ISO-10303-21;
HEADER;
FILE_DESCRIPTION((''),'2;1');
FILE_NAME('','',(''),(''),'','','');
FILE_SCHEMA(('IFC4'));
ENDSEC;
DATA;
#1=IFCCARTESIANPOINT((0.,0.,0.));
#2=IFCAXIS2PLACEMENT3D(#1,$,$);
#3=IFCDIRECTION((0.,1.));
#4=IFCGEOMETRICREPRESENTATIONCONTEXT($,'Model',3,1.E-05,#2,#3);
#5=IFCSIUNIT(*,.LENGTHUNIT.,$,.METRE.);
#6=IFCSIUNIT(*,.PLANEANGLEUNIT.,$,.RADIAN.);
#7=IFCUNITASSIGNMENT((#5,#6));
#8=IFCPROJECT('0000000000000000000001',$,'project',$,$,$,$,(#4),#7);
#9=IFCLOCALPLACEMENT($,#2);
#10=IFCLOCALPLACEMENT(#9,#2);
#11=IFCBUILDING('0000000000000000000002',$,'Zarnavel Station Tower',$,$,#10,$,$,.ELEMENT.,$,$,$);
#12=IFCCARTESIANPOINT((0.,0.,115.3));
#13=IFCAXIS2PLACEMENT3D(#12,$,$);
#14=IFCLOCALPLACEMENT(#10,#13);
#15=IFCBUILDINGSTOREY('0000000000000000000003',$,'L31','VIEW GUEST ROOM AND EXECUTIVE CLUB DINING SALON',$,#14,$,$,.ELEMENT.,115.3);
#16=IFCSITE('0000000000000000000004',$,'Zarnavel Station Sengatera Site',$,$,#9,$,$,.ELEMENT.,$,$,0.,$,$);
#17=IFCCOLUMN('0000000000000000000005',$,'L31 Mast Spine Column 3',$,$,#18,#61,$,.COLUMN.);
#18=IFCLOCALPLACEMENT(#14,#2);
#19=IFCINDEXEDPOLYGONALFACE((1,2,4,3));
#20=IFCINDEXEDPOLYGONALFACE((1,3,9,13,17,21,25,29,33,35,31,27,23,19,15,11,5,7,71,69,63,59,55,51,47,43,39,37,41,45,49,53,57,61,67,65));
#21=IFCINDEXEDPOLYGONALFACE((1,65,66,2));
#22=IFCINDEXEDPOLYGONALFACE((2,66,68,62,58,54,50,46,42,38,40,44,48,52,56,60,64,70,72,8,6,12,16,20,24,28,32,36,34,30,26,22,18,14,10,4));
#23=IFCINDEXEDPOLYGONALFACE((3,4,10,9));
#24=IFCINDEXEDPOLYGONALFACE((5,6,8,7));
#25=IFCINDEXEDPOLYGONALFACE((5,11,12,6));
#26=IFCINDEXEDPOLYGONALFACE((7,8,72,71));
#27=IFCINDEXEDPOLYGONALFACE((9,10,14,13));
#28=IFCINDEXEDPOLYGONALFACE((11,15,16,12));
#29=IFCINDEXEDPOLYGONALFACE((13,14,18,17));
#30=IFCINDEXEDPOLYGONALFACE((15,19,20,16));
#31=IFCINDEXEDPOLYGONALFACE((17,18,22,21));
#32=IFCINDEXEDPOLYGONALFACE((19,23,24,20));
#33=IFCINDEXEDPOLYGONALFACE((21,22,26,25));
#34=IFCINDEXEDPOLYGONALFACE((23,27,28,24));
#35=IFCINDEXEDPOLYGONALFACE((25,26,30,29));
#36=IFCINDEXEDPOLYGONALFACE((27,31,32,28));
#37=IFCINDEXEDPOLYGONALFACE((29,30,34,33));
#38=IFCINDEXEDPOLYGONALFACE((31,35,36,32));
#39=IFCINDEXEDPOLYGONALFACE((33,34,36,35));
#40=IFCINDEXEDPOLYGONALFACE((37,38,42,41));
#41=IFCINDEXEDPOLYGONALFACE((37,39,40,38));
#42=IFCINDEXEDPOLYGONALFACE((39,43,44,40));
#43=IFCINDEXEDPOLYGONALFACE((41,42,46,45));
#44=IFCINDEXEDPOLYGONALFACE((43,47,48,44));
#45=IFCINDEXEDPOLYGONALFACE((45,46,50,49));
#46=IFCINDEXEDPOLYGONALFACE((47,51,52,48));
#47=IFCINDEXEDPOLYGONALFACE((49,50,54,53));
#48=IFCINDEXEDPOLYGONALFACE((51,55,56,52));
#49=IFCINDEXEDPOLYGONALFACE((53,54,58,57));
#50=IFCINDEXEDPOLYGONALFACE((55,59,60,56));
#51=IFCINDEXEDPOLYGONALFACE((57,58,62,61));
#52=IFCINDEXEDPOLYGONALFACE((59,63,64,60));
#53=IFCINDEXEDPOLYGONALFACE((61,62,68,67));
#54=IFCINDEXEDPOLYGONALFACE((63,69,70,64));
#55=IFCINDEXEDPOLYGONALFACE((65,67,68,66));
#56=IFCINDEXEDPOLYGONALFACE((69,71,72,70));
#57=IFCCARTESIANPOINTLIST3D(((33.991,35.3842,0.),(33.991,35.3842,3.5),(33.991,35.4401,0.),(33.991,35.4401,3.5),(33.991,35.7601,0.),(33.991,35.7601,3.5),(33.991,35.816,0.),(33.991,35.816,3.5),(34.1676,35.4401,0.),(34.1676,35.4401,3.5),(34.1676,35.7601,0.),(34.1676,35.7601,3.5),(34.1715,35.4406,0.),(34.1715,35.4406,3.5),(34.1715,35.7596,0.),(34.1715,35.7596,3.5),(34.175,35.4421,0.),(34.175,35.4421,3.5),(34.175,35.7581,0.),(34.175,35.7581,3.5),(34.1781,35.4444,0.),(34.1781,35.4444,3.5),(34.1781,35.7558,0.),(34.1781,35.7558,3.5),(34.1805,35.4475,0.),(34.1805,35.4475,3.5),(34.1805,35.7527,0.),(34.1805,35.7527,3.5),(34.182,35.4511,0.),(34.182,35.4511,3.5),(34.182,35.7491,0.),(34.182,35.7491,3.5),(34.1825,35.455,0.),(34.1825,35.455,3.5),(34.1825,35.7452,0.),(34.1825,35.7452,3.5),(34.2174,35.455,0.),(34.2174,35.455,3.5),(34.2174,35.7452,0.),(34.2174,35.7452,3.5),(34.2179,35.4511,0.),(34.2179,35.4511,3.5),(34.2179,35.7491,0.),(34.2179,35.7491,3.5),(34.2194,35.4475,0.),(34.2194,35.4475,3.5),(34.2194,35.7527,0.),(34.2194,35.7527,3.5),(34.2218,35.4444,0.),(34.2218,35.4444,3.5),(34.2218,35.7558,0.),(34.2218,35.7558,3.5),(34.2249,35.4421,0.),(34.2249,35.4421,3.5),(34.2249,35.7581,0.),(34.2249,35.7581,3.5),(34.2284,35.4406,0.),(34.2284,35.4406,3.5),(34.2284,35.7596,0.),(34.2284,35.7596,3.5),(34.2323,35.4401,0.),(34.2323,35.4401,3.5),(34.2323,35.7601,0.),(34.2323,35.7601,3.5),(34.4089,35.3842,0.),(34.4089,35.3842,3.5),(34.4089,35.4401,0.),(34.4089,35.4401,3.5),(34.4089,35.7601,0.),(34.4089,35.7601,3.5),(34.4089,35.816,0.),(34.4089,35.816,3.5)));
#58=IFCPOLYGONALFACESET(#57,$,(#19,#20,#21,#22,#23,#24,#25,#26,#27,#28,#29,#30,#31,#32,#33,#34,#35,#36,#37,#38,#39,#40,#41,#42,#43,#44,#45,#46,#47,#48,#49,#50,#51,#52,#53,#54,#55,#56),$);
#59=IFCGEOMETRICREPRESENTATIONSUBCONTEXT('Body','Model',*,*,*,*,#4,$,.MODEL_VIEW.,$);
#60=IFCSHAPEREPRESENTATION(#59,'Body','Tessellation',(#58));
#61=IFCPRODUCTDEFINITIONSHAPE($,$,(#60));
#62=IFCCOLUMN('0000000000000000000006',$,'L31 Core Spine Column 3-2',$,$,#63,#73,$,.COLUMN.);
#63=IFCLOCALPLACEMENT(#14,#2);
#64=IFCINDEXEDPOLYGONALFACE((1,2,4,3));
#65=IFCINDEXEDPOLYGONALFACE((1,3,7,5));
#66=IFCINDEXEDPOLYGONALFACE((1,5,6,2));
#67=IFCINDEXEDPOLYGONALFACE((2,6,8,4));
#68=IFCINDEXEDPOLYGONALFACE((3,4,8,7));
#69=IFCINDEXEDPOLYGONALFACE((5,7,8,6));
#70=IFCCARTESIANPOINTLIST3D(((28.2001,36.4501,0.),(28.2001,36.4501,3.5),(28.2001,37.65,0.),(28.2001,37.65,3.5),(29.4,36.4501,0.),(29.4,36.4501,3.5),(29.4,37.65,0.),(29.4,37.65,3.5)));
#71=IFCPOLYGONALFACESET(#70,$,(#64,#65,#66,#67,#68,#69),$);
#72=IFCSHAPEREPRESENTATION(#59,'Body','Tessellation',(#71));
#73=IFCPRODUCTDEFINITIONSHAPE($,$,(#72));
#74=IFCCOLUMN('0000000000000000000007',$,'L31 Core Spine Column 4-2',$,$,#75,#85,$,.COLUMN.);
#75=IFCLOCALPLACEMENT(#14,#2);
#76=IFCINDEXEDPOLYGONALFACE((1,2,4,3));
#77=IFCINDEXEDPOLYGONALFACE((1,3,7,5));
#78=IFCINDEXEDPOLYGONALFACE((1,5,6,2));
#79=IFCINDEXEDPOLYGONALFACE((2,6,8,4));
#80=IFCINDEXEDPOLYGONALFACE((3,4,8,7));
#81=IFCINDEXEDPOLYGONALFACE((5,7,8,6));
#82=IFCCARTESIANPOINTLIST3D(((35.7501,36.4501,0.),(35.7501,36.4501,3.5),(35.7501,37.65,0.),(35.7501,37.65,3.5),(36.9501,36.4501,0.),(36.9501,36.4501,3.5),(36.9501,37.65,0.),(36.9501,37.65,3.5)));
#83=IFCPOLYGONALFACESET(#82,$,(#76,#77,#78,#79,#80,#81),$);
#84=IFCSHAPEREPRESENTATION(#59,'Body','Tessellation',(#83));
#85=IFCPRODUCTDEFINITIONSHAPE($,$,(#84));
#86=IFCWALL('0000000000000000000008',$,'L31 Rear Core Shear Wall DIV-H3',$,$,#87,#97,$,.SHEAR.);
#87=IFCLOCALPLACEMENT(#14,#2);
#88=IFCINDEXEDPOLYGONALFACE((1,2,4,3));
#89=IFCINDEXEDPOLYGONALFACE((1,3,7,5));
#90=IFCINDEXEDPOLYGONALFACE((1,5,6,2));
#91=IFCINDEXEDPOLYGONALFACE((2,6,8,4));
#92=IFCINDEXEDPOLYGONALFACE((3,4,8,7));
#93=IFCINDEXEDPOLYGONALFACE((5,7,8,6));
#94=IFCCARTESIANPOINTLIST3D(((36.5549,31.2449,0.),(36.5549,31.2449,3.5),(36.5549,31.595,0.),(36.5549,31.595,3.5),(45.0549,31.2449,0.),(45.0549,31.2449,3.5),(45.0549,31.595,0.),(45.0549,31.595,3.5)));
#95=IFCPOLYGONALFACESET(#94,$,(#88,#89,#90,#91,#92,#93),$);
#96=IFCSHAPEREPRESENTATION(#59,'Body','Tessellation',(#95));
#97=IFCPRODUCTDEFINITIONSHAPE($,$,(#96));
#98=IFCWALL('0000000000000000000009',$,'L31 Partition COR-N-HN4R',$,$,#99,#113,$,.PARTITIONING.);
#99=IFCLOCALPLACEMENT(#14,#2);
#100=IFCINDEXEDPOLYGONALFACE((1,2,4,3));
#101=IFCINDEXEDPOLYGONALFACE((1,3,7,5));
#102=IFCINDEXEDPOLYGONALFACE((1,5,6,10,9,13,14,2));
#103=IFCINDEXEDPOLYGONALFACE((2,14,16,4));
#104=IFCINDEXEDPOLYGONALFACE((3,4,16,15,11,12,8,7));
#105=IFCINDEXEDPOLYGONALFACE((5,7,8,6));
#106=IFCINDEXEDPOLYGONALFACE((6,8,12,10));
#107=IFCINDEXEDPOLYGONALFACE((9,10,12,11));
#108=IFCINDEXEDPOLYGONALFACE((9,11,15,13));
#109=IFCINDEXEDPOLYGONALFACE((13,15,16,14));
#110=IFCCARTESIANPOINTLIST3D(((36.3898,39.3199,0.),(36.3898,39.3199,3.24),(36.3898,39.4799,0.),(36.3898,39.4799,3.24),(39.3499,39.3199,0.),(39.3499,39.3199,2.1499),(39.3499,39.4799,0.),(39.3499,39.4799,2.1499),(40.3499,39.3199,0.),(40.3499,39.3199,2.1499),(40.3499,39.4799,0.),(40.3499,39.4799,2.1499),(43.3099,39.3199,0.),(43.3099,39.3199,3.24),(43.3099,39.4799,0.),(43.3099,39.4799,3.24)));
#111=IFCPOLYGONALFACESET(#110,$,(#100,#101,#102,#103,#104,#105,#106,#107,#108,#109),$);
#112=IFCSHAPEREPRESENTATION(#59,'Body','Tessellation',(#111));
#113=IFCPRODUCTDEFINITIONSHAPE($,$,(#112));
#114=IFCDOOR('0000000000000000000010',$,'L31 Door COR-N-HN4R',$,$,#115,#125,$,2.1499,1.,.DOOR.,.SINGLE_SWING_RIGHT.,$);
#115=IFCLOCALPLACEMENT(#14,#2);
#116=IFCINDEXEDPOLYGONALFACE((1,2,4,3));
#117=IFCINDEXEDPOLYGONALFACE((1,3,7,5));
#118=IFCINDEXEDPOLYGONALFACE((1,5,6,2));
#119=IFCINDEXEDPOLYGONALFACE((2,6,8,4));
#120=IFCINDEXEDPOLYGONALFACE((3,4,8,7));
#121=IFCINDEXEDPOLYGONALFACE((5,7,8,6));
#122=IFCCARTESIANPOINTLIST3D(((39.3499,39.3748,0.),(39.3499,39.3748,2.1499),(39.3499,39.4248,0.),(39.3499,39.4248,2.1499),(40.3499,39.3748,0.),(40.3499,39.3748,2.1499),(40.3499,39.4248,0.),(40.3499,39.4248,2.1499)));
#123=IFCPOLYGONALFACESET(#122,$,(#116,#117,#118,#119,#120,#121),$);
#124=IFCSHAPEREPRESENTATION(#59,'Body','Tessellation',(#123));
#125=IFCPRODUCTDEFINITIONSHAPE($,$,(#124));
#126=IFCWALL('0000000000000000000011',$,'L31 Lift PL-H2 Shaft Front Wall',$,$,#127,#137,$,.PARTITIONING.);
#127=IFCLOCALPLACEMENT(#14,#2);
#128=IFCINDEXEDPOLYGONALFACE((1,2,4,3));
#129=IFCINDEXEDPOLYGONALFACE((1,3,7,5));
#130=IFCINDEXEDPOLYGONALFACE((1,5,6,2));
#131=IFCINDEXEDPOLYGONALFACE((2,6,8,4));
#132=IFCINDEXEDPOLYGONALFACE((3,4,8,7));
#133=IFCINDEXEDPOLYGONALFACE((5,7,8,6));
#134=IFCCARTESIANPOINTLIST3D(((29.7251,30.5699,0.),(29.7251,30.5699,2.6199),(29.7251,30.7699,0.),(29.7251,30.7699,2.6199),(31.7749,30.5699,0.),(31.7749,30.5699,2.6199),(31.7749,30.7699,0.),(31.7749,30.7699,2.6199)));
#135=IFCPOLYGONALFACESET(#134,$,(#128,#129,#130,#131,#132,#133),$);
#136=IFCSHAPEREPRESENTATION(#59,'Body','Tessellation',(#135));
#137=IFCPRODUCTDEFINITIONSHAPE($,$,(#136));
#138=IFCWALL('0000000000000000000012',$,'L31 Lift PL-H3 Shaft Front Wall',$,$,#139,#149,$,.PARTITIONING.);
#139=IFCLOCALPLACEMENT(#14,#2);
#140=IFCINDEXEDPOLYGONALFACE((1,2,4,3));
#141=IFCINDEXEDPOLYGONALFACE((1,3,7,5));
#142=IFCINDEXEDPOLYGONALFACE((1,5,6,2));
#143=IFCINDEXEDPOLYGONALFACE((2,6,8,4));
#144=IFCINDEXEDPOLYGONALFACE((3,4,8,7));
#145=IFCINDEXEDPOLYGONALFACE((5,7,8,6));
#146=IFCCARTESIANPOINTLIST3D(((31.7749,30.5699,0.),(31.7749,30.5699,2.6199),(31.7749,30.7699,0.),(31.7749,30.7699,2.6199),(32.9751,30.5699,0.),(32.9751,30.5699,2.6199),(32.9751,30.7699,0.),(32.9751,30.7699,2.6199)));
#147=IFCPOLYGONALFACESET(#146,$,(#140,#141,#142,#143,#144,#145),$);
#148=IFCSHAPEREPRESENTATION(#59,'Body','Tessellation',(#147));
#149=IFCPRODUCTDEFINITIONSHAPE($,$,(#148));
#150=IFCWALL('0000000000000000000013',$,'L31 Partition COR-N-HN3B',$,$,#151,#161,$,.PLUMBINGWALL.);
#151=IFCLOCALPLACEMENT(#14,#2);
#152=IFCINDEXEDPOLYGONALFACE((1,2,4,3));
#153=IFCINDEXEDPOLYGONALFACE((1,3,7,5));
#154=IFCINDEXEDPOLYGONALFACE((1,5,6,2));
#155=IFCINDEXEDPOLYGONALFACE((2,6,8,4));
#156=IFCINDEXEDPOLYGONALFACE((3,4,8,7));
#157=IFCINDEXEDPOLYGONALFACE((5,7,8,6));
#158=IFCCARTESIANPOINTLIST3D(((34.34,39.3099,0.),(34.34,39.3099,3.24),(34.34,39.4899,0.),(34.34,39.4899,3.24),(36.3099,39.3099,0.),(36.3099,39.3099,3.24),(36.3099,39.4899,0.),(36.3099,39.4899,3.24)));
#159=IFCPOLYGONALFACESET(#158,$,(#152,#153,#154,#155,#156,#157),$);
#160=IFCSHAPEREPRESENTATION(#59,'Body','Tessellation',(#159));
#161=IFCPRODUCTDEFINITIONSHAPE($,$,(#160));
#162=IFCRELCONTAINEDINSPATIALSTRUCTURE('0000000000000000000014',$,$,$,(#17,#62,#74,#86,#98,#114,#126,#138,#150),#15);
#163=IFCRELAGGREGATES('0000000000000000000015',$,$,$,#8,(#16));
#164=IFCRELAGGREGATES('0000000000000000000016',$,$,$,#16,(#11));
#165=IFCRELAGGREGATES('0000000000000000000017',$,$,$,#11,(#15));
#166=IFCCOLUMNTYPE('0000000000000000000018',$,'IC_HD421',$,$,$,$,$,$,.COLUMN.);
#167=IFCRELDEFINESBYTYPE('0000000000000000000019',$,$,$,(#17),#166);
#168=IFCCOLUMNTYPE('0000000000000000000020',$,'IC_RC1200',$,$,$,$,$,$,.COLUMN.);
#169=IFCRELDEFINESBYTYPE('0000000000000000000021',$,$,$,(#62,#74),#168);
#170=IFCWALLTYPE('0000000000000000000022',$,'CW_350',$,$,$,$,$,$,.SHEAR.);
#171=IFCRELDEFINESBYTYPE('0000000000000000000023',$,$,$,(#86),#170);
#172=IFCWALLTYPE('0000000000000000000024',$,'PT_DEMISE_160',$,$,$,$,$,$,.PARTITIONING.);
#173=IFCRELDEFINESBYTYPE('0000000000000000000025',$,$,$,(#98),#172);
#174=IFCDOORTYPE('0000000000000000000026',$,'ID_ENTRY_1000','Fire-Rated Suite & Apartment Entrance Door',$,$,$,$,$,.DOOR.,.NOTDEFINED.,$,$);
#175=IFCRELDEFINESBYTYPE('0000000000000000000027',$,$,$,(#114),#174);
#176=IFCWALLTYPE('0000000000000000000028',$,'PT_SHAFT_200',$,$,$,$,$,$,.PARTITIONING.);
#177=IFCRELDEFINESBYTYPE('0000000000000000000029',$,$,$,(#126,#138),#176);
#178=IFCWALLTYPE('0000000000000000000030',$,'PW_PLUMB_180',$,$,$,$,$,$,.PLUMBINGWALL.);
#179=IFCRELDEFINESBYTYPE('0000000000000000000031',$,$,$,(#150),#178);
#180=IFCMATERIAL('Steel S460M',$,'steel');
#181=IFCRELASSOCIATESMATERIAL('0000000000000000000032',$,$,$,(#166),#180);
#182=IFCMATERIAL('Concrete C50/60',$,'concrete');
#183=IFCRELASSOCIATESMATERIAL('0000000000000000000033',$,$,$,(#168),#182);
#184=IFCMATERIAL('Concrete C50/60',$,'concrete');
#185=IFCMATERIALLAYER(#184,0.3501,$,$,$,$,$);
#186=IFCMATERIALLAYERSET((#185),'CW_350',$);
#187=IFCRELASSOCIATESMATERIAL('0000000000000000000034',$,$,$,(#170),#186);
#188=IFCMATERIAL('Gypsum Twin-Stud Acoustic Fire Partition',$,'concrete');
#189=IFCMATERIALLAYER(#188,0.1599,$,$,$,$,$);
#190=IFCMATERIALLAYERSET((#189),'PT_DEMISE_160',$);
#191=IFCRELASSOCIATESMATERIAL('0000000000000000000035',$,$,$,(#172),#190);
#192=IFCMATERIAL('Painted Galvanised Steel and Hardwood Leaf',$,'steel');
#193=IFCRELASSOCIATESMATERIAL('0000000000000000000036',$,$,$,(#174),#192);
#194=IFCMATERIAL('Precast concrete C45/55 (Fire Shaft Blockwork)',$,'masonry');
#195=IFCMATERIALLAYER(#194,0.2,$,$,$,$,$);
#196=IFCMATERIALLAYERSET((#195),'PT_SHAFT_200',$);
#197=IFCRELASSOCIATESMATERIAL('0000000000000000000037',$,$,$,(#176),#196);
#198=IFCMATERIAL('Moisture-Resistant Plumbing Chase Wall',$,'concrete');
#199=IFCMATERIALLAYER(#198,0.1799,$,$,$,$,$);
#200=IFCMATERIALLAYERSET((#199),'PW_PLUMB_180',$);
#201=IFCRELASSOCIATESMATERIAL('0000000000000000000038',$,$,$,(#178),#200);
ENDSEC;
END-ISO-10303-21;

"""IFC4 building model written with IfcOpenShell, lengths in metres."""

from ifc_helpers import new_model, si_unit, direction, frame, frame_2d, origin, origin_2d, place, context, subcontext, project, spatial, rectangle, i_section, extrude, material, layer, layer_set, material_profile, profile_set, type_object, element, fill, save


model = new_model("IFC4")

# Units and contexts
model_context = context("Model", 3, precision=1e-05, world=origin(), true_north=direction((0.0, 1.0)))
body_context = subcontext(model_context, "Body", "Model", "MODEL_VIEW")
ifc_project = project(units=[si_unit("LENGTHUNIT", "METRE"), si_unit("PLANEANGLEUNIT", "RADIAN")], contexts=[model_context])

# Site, building, storey
site_placement = place(None, origin())
site = spatial("IfcSite", under=ifc_project, at=site_placement, Name="Zarnavel Station Sengatera Site", CompositionType="ELEMENT", RefElevation=0.0)
building_placement = place(site_placement, origin())
building = spatial("IfcBuilding", under=site, at=building_placement, Name="Zarnavel Station Tower", CompositionType="ELEMENT")
storey_placement = place(building_placement, frame((0.0, 0.0, 115.3)))
storey = spatial("IfcBuildingStorey", under=building, at=storey_placement, Name="L31", Description="VIEW GUEST ROOM AND EXECUTIVE CLUB DINING SALON", CompositionType="ELEMENT", Elevation=115.3)

# Columns
ifc_material_1 = material(Name="Steel S460M", Category="steel")
ifc_material_profile_1 = material_profile(ifc_material_1, i_section(OverallWidth=0.418, OverallDepth=0.4319, WebThickness=0.0349, FlangeThickness=0.0559, FilletRadius=0.0149, at=origin_2d()), Name="HD400x421")
ifc_profile_set_1 = profile_set([ifc_material_profile_1], Name="Steel S460M")
column_type_1 = type_object("IfcColumnType", Name="IC_HD421", PredefinedType="COLUMN", material=ifc_profile_set_1)
column_placement = place(storey_placement, frame((34.2, 35.6001, 0.0), z_axis=(0.0, 0.0, 1.0), x_axis=(1.0, 0.0, 0.0)))
element("IfcColumn", 1, at=column_placement, inside=storey, type_object=column_type_1, Name="L31 Mast Spine Column 3", PredefinedType="COLUMN", context=body_context, shape_type="SweptSolid", body=[
    extrude(i_section(OverallWidth=0.418, OverallDepth=0.4319, WebThickness=0.0349, FlangeThickness=0.0559, FilletRadius=0.0149, at=origin_2d()), origin(), (0.0, 0.0, 1.0), 3.5),
])
ifc_material_2 = material(Name="Concrete C50/60", Category="concrete")
ifc_material_profile_2 = material_profile(ifc_material_2, rectangle(XDim=1.2, YDim=1.2, at=origin_2d()), Name="RC1200x1200")
ifc_profile_set_2 = profile_set([ifc_material_profile_2], Name="Concrete C50/60")
column_type_2 = type_object("IfcColumnType", Name="IC_RC1200", PredefinedType="COLUMN", material=ifc_profile_set_2)
for number, where, z_axis, x_axis, name in (
    (2, (28.8, 37.05, 0.0), (0.0, 0.0, 1.0), (1.0, 0.0, 0.0), "L31 Core Spine Column 3-2"),
    (3, (36.3501, 37.05, 0.0), (0.0, 0.0, 1.0), (1.0, 0.0, 0.0), "L31 Core Spine Column 4-2"),
):
    element("IfcColumn", number, at=place(storey_placement, frame(where, z_axis=z_axis, x_axis=x_axis)), inside=storey, type_object=column_type_2, Name=name, PredefinedType="COLUMN", context=body_context, shape_type="SweptSolid", body=[
        extrude(rectangle(XDim=1.2, YDim=1.2, at=origin_2d()), origin(), (0.0, 0.0, 1.0), 3.5),
    ])

# Wall
ifc_material_3 = material(Name="Concrete C50/60", Category="concrete")
ifc_layer_1 = layer(ifc_material_3, 0.3501)
ifc_layer_set_1 = layer_set([ifc_layer_1], Name="CW_350")
wall_type_1 = type_object("IfcWallType", Name="CW_350", PredefinedType="SHEAR", material=ifc_layer_set_1)
wall_1_placement = place(storey_placement, frame((36.5549, 31.4199, 0.0), z_axis=(0.0, 0.0, 1.0), x_axis=(1.0, 0.0, 0.0)))
element("IfcWall", 4, at=wall_1_placement, inside=storey, type_object=wall_type_1, Name="L31 Rear Core Shear Wall DIV-H3", PredefinedType="SHEAR", context=body_context, shape_type="SweptSolid", body=[
    extrude(rectangle(XDim=8.5, YDim=0.3501, at=frame_2d((4.25, 0.0))), origin(), (0.0, 0.0, 1.0), 3.5),
])

# Wall, opening, door
ifc_material_4 = material(Name="Gypsum Twin-Stud Acoustic Fire Partition", Category="concrete")
ifc_layer_2 = layer(ifc_material_4, 0.1599)
ifc_layer_set_2 = layer_set([ifc_layer_2], Name="PT_DEMISE_160")
wall_type_2 = type_object("IfcWallType", Name="PT_DEMISE_160", PredefinedType="PARTITIONING", material=ifc_layer_set_2)
wall_2_placement = place(storey_placement, frame((36.3899, 39.3999, 0.0), z_axis=(0.0, 0.0, 1.0), x_axis=(1.0, 0.0, 0.0)))
wall_2 = element("IfcWall", 5, at=wall_2_placement, inside=storey, type_object=wall_type_2, Name="L31 Partition COR-N-HN4R", PredefinedType="PARTITIONING", context=body_context, shape_type="SweptSolid", body=[
    extrude(rectangle(XDim=6.9202, YDim=0.1599, at=frame_2d((3.46, 0.0))), origin(), (0.0, 0.0, 1.0), 3.24),
])
opening_1_placement = place(wall_2_placement, frame((2.96, 0.0, 0.0)))
opening_1 = element("IfcOpeningElement", 6, at=opening_1_placement, cuts=wall_2, PredefinedType="OPENING", context=body_context, shape_type="SweptSolid", body=[
    extrude(rectangle(XDim=1.0, YDim=2.1499, at=frame_2d((0.5, 1.075))), frame((0.0, 0.0898, 0.0), z_axis=(0.0, -1.0, 0.0), x_axis=(1.0, 0.0, 0.0)), (0.0, 0.0, 1.0), 0.1799),
])
ifc_material_5 = material(Name="Painted Galvanised Steel and Hardwood Leaf", Category="steel")
door_type_1 = type_object("IfcDoorType", Name="ID_ENTRY_1000", Description="Fire-Rated Suite & Apartment Entrance Door", OperationType="NOTDEFINED", PredefinedType="DOOR", material=ifc_material_5)
door_1_placement = place(opening_1_placement, origin())
door_1 = element("IfcDoor", 7, at=door_1_placement, inside=storey, type_object=door_type_1, Name="L31 Door COR-N-HN4R", OperationType="SINGLE_SWING_RIGHT", OverallHeight=2.1499, OverallWidth=1.0, PredefinedType="DOOR", context=body_context, shape_type="SweptSolid", body=[
    extrude(rectangle(XDim=1.0, YDim=2.1499, at=frame_2d((0.5, 1.075))), frame((0.0, 0.0249, 0.0), z_axis=(0.0, -1.0, 0.0), x_axis=(1.0, 0.0, 0.0)), (0.0, 0.0, 1.0), 0.05),
])
fill(opening_1, door_1)
ifc_material_6 = material(Name="Precast concrete C45/55 (Fire Shaft Blockwork)", Category="masonry")
ifc_layer_3 = layer(ifc_material_6, 0.2)
ifc_layer_set_3 = layer_set([ifc_layer_3], Name="PT_SHAFT_200")
wall_type_3 = type_object("IfcWallType", Name="PT_SHAFT_200", PredefinedType="PARTITIONING", material=ifc_layer_set_3)

# Walls
wall_3_placement = place(storey_placement, frame((29.7251, 30.6699, 0.0), z_axis=(0.0, 0.0, 1.0), x_axis=(1.0, 0.0, 0.0)))
element("IfcWall", 8, at=wall_3_placement, inside=storey, type_object=wall_type_3, Name="L31 Lift PL-H2 Shaft Front Wall", PredefinedType="PARTITIONING", context=body_context, shape_type="SweptSolid", body=[
    extrude(rectangle(XDim=2.0498, YDim=0.2, at=frame_2d((1.0249, 0.0))), origin(), (0.0, 0.0, 1.0), 2.6199),
])
wall_4_placement = place(storey_placement, frame((31.7749, 30.6699, 0.0), z_axis=(0.0, 0.0, 1.0), x_axis=(1.0, 0.0, 0.0)))
element("IfcWall", 9, at=wall_4_placement, inside=storey, type_object=wall_type_3, Name="L31 Lift PL-H3 Shaft Front Wall", PredefinedType="PARTITIONING", context=body_context, shape_type="SweptSolid", body=[
    extrude(rectangle(XDim=1.2002, YDim=0.2, at=frame_2d((0.6001, 0.0))), origin(), (0.0, 0.0, 1.0), 2.6199),
])

# Wall
ifc_material_7 = material(Name="Moisture-Resistant Plumbing Chase Wall", Category="concrete")
ifc_layer_4 = layer(ifc_material_7, 0.1799)
ifc_layer_set_4 = layer_set([ifc_layer_4], Name="PW_PLUMB_180")
wall_type_4 = type_object("IfcWallType", Name="PW_PLUMB_180", PredefinedType="PLUMBINGWALL", material=ifc_layer_set_4)
wall_5_placement = place(storey_placement, frame((34.3401, 39.3999, 0.0), z_axis=(0.0, 0.0, 1.0), x_axis=(1.0, 0.0, 0.0)))
element("IfcWall", 10, at=wall_5_placement, inside=storey, type_object=wall_type_4, Name="L31 Partition COR-N-HN3B", PredefinedType="PLUMBINGWALL", context=body_context, shape_type="SweptSolid", body=[
    extrude(rectangle(XDim=1.97, YDim=0.1799, at=frame_2d((0.9849, 0.0))), origin(), (0.0, 0.0, 1.0), 3.24),
])

save(model, "model.ifc")
